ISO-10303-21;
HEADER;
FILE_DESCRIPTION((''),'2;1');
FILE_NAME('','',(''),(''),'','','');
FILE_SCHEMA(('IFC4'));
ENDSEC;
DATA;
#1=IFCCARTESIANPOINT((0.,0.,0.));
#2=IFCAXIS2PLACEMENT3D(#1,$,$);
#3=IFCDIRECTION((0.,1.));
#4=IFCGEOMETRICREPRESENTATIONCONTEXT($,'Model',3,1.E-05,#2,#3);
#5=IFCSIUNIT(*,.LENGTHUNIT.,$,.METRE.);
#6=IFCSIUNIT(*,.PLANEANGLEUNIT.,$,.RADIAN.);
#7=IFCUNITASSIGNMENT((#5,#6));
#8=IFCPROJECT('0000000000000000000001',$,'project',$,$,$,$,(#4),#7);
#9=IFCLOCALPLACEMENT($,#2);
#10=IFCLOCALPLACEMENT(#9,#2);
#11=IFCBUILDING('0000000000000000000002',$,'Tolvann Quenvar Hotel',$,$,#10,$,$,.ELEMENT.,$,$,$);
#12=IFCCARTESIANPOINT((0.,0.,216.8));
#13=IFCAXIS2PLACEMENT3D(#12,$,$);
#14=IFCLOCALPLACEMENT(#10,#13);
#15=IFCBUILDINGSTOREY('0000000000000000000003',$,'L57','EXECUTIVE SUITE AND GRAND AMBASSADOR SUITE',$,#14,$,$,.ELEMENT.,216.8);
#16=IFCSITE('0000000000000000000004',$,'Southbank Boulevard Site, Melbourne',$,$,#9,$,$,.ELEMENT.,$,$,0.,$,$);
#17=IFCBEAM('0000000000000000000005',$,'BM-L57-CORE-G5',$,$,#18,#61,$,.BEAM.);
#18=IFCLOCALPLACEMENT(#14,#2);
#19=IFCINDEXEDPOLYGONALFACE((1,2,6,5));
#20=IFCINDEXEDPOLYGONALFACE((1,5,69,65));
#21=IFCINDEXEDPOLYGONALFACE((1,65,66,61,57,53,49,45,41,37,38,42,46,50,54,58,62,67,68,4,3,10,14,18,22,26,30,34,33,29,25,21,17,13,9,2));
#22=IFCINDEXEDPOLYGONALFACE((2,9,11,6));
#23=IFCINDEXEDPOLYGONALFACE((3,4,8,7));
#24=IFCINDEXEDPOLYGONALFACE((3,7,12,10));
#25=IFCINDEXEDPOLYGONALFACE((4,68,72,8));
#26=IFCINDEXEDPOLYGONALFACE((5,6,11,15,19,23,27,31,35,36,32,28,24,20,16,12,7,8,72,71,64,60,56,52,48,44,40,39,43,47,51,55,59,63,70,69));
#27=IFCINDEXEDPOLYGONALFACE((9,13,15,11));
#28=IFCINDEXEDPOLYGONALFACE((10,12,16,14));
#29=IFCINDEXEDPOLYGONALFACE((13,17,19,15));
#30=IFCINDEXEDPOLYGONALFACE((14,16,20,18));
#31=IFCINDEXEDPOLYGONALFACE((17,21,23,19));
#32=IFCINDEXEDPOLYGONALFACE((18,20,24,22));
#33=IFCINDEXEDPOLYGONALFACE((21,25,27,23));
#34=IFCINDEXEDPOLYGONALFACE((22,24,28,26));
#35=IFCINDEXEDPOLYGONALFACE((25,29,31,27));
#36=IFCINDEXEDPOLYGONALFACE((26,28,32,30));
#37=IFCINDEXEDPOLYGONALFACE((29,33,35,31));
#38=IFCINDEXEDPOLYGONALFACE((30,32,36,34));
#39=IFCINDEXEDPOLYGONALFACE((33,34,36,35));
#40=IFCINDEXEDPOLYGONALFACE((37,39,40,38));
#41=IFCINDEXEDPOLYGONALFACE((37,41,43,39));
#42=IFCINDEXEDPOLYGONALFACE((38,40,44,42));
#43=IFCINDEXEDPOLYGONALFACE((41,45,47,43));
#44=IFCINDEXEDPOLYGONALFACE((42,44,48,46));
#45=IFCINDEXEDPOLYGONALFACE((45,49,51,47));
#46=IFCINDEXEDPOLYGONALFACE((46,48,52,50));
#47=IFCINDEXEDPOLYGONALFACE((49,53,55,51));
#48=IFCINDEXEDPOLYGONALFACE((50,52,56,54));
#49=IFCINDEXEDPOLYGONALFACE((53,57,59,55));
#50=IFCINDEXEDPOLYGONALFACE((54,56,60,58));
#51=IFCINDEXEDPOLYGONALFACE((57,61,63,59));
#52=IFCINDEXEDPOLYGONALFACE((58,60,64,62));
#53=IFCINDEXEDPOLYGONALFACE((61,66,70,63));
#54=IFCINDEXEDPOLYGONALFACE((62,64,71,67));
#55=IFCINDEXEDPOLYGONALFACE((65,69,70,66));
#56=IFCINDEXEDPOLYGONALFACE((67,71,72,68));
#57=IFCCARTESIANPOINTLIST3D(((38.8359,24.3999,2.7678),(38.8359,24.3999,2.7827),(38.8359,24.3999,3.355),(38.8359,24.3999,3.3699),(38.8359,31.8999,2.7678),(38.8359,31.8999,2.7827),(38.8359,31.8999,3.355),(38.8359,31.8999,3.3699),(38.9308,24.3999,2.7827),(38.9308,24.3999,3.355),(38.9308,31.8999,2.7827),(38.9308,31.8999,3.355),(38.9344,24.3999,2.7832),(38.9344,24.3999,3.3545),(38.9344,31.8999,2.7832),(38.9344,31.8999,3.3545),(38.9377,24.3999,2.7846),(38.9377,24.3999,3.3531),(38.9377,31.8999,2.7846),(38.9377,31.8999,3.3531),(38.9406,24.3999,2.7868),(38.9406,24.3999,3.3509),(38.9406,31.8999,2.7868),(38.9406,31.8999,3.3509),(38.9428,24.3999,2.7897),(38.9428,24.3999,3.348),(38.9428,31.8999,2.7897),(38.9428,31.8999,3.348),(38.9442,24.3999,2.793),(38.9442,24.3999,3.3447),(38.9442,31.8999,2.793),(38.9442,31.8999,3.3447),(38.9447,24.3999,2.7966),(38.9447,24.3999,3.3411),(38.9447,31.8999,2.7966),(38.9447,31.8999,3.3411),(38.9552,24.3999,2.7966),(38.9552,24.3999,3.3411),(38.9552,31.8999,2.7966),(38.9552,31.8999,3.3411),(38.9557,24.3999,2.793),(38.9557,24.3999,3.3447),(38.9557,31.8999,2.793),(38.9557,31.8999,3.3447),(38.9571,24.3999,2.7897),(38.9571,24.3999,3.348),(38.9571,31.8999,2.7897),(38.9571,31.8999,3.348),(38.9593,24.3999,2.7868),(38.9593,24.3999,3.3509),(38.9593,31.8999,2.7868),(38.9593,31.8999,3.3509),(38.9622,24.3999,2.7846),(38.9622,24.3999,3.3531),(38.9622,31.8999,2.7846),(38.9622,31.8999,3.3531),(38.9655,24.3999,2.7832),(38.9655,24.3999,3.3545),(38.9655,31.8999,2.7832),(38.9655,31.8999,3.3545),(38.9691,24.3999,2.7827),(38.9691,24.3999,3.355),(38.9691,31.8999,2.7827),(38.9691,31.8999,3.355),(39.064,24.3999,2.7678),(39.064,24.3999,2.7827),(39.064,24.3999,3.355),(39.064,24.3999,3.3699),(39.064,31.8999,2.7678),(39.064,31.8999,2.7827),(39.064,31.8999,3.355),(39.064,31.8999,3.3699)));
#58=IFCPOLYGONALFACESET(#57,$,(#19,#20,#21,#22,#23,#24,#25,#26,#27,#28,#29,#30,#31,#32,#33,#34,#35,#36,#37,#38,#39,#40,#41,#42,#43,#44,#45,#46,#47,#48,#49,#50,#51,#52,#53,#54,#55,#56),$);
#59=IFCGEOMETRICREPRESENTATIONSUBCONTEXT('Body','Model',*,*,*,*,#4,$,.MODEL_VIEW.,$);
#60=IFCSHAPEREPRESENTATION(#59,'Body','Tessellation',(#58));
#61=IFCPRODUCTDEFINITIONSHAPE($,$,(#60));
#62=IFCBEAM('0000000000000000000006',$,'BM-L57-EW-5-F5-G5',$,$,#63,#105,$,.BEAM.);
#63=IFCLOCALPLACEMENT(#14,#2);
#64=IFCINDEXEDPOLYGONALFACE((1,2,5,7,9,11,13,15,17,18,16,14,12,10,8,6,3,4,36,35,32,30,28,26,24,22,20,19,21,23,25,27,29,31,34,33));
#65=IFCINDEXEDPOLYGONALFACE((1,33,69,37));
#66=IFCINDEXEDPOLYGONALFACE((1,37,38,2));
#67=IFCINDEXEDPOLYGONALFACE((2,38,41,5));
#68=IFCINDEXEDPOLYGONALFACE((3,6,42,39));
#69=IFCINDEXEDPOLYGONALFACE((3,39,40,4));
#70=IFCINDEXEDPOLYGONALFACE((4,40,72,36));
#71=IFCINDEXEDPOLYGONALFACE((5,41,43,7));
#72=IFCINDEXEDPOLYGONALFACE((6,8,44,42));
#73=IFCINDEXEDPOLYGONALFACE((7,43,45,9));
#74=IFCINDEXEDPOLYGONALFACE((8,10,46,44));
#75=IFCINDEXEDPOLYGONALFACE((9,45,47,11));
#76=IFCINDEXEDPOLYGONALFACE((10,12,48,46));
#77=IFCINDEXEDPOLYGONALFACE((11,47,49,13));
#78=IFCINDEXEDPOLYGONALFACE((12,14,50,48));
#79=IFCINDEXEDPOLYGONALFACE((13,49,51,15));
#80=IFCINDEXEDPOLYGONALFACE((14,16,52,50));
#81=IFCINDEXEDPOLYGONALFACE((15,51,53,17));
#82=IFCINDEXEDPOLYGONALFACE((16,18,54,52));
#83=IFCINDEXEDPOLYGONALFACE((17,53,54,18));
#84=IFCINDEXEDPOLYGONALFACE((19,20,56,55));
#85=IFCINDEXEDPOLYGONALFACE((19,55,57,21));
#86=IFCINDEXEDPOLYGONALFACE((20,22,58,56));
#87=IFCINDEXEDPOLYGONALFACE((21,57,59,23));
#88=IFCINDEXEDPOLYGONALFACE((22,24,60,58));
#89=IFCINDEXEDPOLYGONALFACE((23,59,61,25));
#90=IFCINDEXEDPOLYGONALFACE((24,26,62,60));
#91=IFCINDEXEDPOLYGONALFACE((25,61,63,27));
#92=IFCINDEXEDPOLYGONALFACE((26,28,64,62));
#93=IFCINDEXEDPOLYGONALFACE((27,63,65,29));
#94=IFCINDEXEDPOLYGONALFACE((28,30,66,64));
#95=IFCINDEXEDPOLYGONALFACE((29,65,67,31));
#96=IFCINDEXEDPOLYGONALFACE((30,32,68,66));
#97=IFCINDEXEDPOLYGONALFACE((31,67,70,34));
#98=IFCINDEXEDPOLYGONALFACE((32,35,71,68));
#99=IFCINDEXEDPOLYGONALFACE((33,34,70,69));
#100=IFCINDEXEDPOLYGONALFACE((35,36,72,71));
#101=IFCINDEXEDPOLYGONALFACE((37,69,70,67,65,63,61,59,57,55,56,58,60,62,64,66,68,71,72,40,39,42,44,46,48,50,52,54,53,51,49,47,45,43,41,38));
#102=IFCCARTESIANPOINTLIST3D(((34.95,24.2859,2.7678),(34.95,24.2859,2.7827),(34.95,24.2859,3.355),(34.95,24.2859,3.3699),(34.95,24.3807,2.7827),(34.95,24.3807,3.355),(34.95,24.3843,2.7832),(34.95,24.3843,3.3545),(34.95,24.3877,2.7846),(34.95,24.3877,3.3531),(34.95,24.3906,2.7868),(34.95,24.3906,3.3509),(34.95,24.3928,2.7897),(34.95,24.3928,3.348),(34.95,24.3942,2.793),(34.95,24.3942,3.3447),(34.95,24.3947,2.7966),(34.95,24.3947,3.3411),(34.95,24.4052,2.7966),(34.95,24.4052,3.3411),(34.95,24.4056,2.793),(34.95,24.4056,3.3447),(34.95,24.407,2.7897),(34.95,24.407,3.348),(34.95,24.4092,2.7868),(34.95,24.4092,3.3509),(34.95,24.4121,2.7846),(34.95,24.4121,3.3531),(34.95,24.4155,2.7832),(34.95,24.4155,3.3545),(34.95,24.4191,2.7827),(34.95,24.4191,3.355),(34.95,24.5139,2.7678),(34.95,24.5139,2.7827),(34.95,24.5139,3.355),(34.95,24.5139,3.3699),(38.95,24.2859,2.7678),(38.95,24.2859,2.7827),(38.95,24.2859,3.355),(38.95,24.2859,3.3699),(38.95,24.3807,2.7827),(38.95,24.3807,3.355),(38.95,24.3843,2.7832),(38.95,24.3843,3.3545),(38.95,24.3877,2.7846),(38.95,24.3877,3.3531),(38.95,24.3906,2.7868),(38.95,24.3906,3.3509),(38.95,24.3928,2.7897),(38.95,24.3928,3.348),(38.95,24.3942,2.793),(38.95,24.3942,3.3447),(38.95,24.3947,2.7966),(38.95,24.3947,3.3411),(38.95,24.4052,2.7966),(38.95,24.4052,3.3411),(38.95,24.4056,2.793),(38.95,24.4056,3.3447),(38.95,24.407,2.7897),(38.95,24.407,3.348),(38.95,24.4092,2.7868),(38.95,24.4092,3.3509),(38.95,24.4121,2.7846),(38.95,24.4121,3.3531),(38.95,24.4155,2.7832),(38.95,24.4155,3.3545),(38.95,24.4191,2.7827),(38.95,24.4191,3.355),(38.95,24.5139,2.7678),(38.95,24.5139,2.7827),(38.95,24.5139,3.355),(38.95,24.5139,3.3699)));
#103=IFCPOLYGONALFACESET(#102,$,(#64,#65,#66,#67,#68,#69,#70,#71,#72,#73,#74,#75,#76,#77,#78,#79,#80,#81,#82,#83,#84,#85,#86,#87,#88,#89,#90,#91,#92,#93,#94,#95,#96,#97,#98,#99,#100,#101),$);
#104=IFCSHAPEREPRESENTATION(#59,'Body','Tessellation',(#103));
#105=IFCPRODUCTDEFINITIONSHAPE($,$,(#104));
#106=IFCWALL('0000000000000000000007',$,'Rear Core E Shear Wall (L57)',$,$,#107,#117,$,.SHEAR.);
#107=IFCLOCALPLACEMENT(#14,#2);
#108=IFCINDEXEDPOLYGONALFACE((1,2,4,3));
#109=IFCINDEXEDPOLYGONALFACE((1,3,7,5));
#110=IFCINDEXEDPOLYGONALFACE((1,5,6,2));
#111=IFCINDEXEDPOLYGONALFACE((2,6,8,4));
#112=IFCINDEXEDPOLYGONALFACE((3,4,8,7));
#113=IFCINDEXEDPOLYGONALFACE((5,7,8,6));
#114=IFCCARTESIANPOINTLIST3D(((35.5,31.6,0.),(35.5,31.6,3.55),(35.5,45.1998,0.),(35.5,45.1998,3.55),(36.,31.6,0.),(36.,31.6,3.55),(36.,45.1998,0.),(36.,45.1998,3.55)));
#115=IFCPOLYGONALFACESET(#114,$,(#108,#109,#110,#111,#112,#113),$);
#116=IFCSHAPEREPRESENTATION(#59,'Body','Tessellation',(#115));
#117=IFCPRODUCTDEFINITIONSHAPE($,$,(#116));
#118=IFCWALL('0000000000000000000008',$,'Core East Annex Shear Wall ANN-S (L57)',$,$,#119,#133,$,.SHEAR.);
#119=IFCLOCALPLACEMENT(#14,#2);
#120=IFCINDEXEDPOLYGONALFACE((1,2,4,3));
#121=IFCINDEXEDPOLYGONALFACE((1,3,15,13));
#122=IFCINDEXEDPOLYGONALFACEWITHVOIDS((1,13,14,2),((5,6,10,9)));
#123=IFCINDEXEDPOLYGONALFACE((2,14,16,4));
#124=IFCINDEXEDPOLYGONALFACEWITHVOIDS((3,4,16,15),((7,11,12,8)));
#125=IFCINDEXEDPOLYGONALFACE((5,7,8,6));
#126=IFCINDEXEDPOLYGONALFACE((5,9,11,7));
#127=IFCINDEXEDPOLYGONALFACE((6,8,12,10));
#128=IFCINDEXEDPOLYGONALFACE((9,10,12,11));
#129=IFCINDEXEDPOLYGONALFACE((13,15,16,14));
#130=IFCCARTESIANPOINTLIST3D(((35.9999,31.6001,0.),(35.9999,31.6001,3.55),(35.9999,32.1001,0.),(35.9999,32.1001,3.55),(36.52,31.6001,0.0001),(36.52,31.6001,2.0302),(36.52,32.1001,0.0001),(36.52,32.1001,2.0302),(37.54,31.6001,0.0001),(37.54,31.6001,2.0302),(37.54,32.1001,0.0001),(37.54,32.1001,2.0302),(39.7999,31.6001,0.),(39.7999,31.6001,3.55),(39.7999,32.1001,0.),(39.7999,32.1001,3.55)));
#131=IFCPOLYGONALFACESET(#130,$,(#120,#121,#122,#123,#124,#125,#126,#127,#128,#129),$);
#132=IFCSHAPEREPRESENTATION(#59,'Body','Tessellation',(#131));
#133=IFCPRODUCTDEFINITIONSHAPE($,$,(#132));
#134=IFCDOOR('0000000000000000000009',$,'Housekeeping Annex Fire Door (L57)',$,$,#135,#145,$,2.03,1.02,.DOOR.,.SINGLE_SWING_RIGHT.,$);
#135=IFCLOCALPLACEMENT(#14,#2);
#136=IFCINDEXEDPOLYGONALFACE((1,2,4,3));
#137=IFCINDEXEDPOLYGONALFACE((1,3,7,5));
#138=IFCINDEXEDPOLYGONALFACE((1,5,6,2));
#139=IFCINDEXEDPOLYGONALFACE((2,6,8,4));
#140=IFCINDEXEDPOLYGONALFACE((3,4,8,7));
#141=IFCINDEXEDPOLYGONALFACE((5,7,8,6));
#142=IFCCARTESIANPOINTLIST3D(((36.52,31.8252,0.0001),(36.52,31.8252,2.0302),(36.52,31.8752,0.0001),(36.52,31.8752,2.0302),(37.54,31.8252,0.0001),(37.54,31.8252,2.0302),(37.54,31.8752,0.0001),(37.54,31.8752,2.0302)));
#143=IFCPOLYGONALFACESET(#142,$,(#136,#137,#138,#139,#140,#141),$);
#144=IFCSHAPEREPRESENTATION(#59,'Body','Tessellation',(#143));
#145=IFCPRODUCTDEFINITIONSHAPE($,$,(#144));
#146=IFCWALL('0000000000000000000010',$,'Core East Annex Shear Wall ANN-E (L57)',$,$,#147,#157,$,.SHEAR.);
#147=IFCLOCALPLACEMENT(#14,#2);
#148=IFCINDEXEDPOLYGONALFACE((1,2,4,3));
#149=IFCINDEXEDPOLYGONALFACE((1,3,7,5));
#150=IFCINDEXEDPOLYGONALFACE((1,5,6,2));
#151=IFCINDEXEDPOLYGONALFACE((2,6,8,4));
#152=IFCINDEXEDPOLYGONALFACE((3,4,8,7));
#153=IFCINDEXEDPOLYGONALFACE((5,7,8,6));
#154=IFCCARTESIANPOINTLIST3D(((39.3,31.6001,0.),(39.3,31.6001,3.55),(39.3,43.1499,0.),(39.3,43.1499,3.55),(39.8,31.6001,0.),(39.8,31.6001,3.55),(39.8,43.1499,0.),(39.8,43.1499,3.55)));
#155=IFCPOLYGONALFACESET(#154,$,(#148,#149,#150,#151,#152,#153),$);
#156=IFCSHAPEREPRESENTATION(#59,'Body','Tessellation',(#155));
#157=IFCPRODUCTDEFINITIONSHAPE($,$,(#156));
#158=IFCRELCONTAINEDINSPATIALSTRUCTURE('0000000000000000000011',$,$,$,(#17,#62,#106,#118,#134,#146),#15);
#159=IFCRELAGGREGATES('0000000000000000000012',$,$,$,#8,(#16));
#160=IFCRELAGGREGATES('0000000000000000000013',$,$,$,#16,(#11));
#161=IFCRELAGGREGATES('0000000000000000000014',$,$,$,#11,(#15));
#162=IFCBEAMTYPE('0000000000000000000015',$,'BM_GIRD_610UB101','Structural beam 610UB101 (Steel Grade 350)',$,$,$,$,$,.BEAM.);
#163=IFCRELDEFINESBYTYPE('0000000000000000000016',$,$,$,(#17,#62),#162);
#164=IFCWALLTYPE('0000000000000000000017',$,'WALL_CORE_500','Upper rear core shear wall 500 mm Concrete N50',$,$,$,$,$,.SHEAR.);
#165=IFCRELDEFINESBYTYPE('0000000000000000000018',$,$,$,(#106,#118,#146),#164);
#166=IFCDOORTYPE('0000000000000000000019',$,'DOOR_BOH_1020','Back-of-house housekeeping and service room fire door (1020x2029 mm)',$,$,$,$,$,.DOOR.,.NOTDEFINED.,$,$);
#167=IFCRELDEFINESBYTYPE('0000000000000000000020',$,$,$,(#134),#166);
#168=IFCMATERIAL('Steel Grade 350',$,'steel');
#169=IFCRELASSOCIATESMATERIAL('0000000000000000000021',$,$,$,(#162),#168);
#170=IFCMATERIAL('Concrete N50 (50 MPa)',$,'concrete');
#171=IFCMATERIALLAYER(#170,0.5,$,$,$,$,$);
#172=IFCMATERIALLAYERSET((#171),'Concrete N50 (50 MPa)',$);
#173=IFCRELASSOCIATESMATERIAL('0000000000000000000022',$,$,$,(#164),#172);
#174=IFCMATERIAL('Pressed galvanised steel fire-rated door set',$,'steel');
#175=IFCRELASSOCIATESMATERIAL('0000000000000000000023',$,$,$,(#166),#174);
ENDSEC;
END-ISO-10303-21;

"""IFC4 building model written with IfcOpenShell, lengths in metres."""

from ifc_helpers import new_model, si_unit, direction, frame, frame_2d, origin, origin_2d, place, context, subcontext, project, spatial, rectangle, i_section, extrude, source, transform, mapped, material, layer, layer_set, material_profile, profile_set, type_object, type_shapes, element, fill, save


model = new_model("IFC4")

# Units and contexts
model_context = context("Model", 3, precision=1e-05, world=origin(), true_north=direction((0.0, 1.0)))
body_context = subcontext(model_context, "Body", "Model", "MODEL_VIEW")
ifc_project = project(units=[si_unit("LENGTHUNIT", "METRE"), si_unit("PLANEANGLEUNIT", "RADIAN")], contexts=[model_context])

# Site, building, storey
site_placement = place(None, origin())
site = spatial("IfcSite", under=ifc_project, at=site_placement, Name="Southbank Boulevard Site, Melbourne", CompositionType="ELEMENT", RefElevation=0.0)
building_placement = place(site_placement, origin())
building = spatial("IfcBuilding", under=site, at=building_placement, Name="Tolvann Quenvar Hotel", CompositionType="ELEMENT")
storey_placement = place(building_placement, frame((0.0, 0.0, 216.8)))
storey = spatial("IfcBuildingStorey", under=building, at=storey_placement, Name="L57", Description="EXECUTIVE SUITE AND GRAND AMBASSADOR SUITE", CompositionType="ELEMENT", Elevation=216.8)

# Shared definitions
ifc_material_1 = material(Name="Concrete N50 (50 MPa)", Category="concrete")
ifc_material_2 = material(Name="Steel Grade 350", Category="steel")

# Beams
ifc_material_profile_1 = material_profile(ifc_material_2, i_section(OverallWidth=0.228, OverallDepth=0.6021, WebThickness=0.0105, FlangeThickness=0.0149, FilletRadius=0.0139, at=origin_2d()), Name="610UB101")
ifc_profile_set_1 = profile_set([ifc_material_profile_1], Name="Steel Grade 350")
beam_type_1 = type_object("IfcBeamType", Name="BM_GIRD_610UB101", Description="Structural beam 610UB101 (Steel Grade 350)", PredefinedType="BEAM", material=ifc_profile_set_1)
shared_shape_1 = source(origin(), body_context, "Body", "SweptSolid", [
    extrude(i_section(OverallWidth=0.228, OverallDepth=0.6021, WebThickness=0.0105, FlangeThickness=0.0149, FilletRadius=0.0139, at=origin_2d()), origin(), (0.0, 0.0, 1.0), 7.5),
])
for number, where, z_axis, x_axis, name in (
    (1, (38.95, 24.3999, 3.0688), (0.0, 1.0, 0.0), (-1.0, 0.0, 0.0), "BM-L57-CORE-G5"),
):
    element("IfcBeam", number, at=place(storey_placement, frame(where, z_axis=z_axis, x_axis=x_axis)), inside=storey, type_object=beam_type_1, Name=name, PredefinedType="BEAM", context=body_context, shape_type="MappedRepresentation", body=[
        mapped(shared_shape_1, transform((0.0, 0.0, 0.0), x_axis=(1.0, 0.0, 0.0), y_axis=(0.0, 1.0, 0.0), z_axis=(0.0, 0.0, 1.0), scale=1.0)),
    ])
shared_shape_2 = source(origin(), body_context, "Body", "SweptSolid", [
    extrude(i_section(OverallWidth=0.228, OverallDepth=0.6021, WebThickness=0.0105, FlangeThickness=0.0149, FilletRadius=0.0139, at=origin_2d()), origin(), (0.0, 0.0, 1.0), 4.0),
])
type_shapes(beam_type_1, [shared_shape_1, shared_shape_2])
beam_1_placement = place(storey_placement, frame((34.95, 24.3999, 3.0688), z_axis=(1.0, 0.0, 0.0), x_axis=(0.0, 1.0, 0.0)))
element("IfcBeam", 2, at=beam_1_placement, inside=storey, type_object=beam_type_1, Name="BM-L57-EW-5-F5-G5", PredefinedType="BEAM", context=body_context, shape_type="MappedRepresentation", body=[
    mapped(shared_shape_2, transform((0.0, 0.0, 0.0), x_axis=(1.0, 0.0, 0.0), y_axis=(0.0, 1.0, 0.0), z_axis=(0.0, 0.0, 1.0), scale=1.0)),
])

# Wall
ifc_layer_1 = layer(ifc_material_1, 0.5)
ifc_layer_set_1 = layer_set([ifc_layer_1], Name="Concrete N50 (50 MPa)")
wall_type_1 = type_object("IfcWallType", Name="WALL_CORE_500", Description="Upper rear core shear wall 500 mm Concrete N50", PredefinedType="SHEAR", material=ifc_layer_set_1)
wall_1_placement = place(storey_placement, frame((35.75, 31.6001, 0.0), z_axis=(0.0, 0.0, 1.0), x_axis=(0.0, 1.0, 0.0)))
element("IfcWall", 3, at=wall_1_placement, inside=storey, type_object=wall_type_1, Name="Rear Core E Shear Wall (L57)", PredefinedType="SHEAR", context=body_context, shape_type="SweptSolid", body=[
    extrude(rectangle(XDim=13.5999, YDim=0.5, at=frame_2d((6.7998, 0.0))), origin(), (0.0, 0.0, 1.0), 3.55),
])

# Wall, opening, door
wall_2_placement = place(storey_placement, frame((36.0, 31.8501, 0.0), z_axis=(0.0, 0.0, 1.0), x_axis=(1.0, 0.0, 0.0)))
wall_2 = element("IfcWall", 4, at=wall_2_placement, inside=storey, type_object=wall_type_1, Name="Core East Annex Shear Wall ANN-S (L57)", PredefinedType="SHEAR", context=body_context, shape_type="SweptSolid", body=[
    extrude(rectangle(XDim=3.8, YDim=0.5, at=frame_2d((1.8999, 0.0))), origin(), (0.0, 0.0, 1.0), 3.55),
])
opening_1_placement = place(wall_2_placement, frame((1.54, 0.0, 0.0), z_axis=(0.0, 0.0, 1.0), x_axis=(-1.0, 0.0, 0.0)))
opening_1 = element("IfcOpeningElement", 5, at=opening_1_placement, cuts=wall_2, PredefinedType="OPENING", context=body_context, shape_type="SweptSolid", body=[
    extrude(rectangle(XDim=1.02, YDim=2.03, at=frame_2d((0.51, 1.0151))), frame((0.0, 0.26, 0.0), z_axis=(0.0, -1.0, 0.0), x_axis=(1.0, 0.0, 0.0)), (0.0, 0.0, 1.0), 0.52),
])
ifc_material_3 = material(Name="Pressed galvanised steel fire-rated door set", Category="steel")
door_type_1 = type_object("IfcDoorType", Name="DOOR_BOH_1020", Description="Back-of-house housekeeping and service room fire door (1020x2029 mm)", OperationType="NOTDEFINED", PredefinedType="DOOR", material=ifc_material_3)
shared_shape_3 = source(origin(), body_context, "Body", "SweptSolid", [
    extrude(rectangle(XDim=1.02, YDim=2.03, at=frame_2d((0.51, 1.0151))), frame((0.0, 0.0249, 0.0), z_axis=(0.0, -1.0, 0.0), x_axis=(1.0, 0.0, 0.0)), (0.0, 0.0, 1.0), 0.05),
])
type_shapes(door_type_1, [shared_shape_3])
door_1_placement = place(opening_1_placement, origin())
door_1 = element("IfcDoor", 6, at=door_1_placement, inside=storey, type_object=door_type_1, Name="Housekeeping Annex Fire Door (L57)", OperationType="SINGLE_SWING_RIGHT", OverallHeight=2.03, OverallWidth=1.02, PredefinedType="DOOR", context=body_context, shape_type="MappedRepresentation", body=[
    mapped(shared_shape_3, transform((0.0, 0.0, 0.0), x_axis=(1.0, 0.0, 0.0), y_axis=(0.0, 1.0, 0.0), z_axis=(0.0, 0.0, 1.0), scale=1.0)),
])
fill(opening_1, door_1)

# Wall
wall_3_placement = place(storey_placement, frame((39.55, 31.6001, 0.0), z_axis=(0.0, 0.0, 1.0), x_axis=(0.0, 1.0, 0.0)))
element("IfcWall", 7, at=wall_3_placement, inside=storey, type_object=wall_type_1, Name="Core East Annex Shear Wall ANN-E (L57)", PredefinedType="SHEAR", context=body_context, shape_type="SweptSolid", body=[
    extrude(rectangle(XDim=11.5498, YDim=0.5, at=frame_2d((5.7749, 0.0))), origin(), (0.0, 0.0, 1.0), 3.55),
])

save(model, "model.ifc")
